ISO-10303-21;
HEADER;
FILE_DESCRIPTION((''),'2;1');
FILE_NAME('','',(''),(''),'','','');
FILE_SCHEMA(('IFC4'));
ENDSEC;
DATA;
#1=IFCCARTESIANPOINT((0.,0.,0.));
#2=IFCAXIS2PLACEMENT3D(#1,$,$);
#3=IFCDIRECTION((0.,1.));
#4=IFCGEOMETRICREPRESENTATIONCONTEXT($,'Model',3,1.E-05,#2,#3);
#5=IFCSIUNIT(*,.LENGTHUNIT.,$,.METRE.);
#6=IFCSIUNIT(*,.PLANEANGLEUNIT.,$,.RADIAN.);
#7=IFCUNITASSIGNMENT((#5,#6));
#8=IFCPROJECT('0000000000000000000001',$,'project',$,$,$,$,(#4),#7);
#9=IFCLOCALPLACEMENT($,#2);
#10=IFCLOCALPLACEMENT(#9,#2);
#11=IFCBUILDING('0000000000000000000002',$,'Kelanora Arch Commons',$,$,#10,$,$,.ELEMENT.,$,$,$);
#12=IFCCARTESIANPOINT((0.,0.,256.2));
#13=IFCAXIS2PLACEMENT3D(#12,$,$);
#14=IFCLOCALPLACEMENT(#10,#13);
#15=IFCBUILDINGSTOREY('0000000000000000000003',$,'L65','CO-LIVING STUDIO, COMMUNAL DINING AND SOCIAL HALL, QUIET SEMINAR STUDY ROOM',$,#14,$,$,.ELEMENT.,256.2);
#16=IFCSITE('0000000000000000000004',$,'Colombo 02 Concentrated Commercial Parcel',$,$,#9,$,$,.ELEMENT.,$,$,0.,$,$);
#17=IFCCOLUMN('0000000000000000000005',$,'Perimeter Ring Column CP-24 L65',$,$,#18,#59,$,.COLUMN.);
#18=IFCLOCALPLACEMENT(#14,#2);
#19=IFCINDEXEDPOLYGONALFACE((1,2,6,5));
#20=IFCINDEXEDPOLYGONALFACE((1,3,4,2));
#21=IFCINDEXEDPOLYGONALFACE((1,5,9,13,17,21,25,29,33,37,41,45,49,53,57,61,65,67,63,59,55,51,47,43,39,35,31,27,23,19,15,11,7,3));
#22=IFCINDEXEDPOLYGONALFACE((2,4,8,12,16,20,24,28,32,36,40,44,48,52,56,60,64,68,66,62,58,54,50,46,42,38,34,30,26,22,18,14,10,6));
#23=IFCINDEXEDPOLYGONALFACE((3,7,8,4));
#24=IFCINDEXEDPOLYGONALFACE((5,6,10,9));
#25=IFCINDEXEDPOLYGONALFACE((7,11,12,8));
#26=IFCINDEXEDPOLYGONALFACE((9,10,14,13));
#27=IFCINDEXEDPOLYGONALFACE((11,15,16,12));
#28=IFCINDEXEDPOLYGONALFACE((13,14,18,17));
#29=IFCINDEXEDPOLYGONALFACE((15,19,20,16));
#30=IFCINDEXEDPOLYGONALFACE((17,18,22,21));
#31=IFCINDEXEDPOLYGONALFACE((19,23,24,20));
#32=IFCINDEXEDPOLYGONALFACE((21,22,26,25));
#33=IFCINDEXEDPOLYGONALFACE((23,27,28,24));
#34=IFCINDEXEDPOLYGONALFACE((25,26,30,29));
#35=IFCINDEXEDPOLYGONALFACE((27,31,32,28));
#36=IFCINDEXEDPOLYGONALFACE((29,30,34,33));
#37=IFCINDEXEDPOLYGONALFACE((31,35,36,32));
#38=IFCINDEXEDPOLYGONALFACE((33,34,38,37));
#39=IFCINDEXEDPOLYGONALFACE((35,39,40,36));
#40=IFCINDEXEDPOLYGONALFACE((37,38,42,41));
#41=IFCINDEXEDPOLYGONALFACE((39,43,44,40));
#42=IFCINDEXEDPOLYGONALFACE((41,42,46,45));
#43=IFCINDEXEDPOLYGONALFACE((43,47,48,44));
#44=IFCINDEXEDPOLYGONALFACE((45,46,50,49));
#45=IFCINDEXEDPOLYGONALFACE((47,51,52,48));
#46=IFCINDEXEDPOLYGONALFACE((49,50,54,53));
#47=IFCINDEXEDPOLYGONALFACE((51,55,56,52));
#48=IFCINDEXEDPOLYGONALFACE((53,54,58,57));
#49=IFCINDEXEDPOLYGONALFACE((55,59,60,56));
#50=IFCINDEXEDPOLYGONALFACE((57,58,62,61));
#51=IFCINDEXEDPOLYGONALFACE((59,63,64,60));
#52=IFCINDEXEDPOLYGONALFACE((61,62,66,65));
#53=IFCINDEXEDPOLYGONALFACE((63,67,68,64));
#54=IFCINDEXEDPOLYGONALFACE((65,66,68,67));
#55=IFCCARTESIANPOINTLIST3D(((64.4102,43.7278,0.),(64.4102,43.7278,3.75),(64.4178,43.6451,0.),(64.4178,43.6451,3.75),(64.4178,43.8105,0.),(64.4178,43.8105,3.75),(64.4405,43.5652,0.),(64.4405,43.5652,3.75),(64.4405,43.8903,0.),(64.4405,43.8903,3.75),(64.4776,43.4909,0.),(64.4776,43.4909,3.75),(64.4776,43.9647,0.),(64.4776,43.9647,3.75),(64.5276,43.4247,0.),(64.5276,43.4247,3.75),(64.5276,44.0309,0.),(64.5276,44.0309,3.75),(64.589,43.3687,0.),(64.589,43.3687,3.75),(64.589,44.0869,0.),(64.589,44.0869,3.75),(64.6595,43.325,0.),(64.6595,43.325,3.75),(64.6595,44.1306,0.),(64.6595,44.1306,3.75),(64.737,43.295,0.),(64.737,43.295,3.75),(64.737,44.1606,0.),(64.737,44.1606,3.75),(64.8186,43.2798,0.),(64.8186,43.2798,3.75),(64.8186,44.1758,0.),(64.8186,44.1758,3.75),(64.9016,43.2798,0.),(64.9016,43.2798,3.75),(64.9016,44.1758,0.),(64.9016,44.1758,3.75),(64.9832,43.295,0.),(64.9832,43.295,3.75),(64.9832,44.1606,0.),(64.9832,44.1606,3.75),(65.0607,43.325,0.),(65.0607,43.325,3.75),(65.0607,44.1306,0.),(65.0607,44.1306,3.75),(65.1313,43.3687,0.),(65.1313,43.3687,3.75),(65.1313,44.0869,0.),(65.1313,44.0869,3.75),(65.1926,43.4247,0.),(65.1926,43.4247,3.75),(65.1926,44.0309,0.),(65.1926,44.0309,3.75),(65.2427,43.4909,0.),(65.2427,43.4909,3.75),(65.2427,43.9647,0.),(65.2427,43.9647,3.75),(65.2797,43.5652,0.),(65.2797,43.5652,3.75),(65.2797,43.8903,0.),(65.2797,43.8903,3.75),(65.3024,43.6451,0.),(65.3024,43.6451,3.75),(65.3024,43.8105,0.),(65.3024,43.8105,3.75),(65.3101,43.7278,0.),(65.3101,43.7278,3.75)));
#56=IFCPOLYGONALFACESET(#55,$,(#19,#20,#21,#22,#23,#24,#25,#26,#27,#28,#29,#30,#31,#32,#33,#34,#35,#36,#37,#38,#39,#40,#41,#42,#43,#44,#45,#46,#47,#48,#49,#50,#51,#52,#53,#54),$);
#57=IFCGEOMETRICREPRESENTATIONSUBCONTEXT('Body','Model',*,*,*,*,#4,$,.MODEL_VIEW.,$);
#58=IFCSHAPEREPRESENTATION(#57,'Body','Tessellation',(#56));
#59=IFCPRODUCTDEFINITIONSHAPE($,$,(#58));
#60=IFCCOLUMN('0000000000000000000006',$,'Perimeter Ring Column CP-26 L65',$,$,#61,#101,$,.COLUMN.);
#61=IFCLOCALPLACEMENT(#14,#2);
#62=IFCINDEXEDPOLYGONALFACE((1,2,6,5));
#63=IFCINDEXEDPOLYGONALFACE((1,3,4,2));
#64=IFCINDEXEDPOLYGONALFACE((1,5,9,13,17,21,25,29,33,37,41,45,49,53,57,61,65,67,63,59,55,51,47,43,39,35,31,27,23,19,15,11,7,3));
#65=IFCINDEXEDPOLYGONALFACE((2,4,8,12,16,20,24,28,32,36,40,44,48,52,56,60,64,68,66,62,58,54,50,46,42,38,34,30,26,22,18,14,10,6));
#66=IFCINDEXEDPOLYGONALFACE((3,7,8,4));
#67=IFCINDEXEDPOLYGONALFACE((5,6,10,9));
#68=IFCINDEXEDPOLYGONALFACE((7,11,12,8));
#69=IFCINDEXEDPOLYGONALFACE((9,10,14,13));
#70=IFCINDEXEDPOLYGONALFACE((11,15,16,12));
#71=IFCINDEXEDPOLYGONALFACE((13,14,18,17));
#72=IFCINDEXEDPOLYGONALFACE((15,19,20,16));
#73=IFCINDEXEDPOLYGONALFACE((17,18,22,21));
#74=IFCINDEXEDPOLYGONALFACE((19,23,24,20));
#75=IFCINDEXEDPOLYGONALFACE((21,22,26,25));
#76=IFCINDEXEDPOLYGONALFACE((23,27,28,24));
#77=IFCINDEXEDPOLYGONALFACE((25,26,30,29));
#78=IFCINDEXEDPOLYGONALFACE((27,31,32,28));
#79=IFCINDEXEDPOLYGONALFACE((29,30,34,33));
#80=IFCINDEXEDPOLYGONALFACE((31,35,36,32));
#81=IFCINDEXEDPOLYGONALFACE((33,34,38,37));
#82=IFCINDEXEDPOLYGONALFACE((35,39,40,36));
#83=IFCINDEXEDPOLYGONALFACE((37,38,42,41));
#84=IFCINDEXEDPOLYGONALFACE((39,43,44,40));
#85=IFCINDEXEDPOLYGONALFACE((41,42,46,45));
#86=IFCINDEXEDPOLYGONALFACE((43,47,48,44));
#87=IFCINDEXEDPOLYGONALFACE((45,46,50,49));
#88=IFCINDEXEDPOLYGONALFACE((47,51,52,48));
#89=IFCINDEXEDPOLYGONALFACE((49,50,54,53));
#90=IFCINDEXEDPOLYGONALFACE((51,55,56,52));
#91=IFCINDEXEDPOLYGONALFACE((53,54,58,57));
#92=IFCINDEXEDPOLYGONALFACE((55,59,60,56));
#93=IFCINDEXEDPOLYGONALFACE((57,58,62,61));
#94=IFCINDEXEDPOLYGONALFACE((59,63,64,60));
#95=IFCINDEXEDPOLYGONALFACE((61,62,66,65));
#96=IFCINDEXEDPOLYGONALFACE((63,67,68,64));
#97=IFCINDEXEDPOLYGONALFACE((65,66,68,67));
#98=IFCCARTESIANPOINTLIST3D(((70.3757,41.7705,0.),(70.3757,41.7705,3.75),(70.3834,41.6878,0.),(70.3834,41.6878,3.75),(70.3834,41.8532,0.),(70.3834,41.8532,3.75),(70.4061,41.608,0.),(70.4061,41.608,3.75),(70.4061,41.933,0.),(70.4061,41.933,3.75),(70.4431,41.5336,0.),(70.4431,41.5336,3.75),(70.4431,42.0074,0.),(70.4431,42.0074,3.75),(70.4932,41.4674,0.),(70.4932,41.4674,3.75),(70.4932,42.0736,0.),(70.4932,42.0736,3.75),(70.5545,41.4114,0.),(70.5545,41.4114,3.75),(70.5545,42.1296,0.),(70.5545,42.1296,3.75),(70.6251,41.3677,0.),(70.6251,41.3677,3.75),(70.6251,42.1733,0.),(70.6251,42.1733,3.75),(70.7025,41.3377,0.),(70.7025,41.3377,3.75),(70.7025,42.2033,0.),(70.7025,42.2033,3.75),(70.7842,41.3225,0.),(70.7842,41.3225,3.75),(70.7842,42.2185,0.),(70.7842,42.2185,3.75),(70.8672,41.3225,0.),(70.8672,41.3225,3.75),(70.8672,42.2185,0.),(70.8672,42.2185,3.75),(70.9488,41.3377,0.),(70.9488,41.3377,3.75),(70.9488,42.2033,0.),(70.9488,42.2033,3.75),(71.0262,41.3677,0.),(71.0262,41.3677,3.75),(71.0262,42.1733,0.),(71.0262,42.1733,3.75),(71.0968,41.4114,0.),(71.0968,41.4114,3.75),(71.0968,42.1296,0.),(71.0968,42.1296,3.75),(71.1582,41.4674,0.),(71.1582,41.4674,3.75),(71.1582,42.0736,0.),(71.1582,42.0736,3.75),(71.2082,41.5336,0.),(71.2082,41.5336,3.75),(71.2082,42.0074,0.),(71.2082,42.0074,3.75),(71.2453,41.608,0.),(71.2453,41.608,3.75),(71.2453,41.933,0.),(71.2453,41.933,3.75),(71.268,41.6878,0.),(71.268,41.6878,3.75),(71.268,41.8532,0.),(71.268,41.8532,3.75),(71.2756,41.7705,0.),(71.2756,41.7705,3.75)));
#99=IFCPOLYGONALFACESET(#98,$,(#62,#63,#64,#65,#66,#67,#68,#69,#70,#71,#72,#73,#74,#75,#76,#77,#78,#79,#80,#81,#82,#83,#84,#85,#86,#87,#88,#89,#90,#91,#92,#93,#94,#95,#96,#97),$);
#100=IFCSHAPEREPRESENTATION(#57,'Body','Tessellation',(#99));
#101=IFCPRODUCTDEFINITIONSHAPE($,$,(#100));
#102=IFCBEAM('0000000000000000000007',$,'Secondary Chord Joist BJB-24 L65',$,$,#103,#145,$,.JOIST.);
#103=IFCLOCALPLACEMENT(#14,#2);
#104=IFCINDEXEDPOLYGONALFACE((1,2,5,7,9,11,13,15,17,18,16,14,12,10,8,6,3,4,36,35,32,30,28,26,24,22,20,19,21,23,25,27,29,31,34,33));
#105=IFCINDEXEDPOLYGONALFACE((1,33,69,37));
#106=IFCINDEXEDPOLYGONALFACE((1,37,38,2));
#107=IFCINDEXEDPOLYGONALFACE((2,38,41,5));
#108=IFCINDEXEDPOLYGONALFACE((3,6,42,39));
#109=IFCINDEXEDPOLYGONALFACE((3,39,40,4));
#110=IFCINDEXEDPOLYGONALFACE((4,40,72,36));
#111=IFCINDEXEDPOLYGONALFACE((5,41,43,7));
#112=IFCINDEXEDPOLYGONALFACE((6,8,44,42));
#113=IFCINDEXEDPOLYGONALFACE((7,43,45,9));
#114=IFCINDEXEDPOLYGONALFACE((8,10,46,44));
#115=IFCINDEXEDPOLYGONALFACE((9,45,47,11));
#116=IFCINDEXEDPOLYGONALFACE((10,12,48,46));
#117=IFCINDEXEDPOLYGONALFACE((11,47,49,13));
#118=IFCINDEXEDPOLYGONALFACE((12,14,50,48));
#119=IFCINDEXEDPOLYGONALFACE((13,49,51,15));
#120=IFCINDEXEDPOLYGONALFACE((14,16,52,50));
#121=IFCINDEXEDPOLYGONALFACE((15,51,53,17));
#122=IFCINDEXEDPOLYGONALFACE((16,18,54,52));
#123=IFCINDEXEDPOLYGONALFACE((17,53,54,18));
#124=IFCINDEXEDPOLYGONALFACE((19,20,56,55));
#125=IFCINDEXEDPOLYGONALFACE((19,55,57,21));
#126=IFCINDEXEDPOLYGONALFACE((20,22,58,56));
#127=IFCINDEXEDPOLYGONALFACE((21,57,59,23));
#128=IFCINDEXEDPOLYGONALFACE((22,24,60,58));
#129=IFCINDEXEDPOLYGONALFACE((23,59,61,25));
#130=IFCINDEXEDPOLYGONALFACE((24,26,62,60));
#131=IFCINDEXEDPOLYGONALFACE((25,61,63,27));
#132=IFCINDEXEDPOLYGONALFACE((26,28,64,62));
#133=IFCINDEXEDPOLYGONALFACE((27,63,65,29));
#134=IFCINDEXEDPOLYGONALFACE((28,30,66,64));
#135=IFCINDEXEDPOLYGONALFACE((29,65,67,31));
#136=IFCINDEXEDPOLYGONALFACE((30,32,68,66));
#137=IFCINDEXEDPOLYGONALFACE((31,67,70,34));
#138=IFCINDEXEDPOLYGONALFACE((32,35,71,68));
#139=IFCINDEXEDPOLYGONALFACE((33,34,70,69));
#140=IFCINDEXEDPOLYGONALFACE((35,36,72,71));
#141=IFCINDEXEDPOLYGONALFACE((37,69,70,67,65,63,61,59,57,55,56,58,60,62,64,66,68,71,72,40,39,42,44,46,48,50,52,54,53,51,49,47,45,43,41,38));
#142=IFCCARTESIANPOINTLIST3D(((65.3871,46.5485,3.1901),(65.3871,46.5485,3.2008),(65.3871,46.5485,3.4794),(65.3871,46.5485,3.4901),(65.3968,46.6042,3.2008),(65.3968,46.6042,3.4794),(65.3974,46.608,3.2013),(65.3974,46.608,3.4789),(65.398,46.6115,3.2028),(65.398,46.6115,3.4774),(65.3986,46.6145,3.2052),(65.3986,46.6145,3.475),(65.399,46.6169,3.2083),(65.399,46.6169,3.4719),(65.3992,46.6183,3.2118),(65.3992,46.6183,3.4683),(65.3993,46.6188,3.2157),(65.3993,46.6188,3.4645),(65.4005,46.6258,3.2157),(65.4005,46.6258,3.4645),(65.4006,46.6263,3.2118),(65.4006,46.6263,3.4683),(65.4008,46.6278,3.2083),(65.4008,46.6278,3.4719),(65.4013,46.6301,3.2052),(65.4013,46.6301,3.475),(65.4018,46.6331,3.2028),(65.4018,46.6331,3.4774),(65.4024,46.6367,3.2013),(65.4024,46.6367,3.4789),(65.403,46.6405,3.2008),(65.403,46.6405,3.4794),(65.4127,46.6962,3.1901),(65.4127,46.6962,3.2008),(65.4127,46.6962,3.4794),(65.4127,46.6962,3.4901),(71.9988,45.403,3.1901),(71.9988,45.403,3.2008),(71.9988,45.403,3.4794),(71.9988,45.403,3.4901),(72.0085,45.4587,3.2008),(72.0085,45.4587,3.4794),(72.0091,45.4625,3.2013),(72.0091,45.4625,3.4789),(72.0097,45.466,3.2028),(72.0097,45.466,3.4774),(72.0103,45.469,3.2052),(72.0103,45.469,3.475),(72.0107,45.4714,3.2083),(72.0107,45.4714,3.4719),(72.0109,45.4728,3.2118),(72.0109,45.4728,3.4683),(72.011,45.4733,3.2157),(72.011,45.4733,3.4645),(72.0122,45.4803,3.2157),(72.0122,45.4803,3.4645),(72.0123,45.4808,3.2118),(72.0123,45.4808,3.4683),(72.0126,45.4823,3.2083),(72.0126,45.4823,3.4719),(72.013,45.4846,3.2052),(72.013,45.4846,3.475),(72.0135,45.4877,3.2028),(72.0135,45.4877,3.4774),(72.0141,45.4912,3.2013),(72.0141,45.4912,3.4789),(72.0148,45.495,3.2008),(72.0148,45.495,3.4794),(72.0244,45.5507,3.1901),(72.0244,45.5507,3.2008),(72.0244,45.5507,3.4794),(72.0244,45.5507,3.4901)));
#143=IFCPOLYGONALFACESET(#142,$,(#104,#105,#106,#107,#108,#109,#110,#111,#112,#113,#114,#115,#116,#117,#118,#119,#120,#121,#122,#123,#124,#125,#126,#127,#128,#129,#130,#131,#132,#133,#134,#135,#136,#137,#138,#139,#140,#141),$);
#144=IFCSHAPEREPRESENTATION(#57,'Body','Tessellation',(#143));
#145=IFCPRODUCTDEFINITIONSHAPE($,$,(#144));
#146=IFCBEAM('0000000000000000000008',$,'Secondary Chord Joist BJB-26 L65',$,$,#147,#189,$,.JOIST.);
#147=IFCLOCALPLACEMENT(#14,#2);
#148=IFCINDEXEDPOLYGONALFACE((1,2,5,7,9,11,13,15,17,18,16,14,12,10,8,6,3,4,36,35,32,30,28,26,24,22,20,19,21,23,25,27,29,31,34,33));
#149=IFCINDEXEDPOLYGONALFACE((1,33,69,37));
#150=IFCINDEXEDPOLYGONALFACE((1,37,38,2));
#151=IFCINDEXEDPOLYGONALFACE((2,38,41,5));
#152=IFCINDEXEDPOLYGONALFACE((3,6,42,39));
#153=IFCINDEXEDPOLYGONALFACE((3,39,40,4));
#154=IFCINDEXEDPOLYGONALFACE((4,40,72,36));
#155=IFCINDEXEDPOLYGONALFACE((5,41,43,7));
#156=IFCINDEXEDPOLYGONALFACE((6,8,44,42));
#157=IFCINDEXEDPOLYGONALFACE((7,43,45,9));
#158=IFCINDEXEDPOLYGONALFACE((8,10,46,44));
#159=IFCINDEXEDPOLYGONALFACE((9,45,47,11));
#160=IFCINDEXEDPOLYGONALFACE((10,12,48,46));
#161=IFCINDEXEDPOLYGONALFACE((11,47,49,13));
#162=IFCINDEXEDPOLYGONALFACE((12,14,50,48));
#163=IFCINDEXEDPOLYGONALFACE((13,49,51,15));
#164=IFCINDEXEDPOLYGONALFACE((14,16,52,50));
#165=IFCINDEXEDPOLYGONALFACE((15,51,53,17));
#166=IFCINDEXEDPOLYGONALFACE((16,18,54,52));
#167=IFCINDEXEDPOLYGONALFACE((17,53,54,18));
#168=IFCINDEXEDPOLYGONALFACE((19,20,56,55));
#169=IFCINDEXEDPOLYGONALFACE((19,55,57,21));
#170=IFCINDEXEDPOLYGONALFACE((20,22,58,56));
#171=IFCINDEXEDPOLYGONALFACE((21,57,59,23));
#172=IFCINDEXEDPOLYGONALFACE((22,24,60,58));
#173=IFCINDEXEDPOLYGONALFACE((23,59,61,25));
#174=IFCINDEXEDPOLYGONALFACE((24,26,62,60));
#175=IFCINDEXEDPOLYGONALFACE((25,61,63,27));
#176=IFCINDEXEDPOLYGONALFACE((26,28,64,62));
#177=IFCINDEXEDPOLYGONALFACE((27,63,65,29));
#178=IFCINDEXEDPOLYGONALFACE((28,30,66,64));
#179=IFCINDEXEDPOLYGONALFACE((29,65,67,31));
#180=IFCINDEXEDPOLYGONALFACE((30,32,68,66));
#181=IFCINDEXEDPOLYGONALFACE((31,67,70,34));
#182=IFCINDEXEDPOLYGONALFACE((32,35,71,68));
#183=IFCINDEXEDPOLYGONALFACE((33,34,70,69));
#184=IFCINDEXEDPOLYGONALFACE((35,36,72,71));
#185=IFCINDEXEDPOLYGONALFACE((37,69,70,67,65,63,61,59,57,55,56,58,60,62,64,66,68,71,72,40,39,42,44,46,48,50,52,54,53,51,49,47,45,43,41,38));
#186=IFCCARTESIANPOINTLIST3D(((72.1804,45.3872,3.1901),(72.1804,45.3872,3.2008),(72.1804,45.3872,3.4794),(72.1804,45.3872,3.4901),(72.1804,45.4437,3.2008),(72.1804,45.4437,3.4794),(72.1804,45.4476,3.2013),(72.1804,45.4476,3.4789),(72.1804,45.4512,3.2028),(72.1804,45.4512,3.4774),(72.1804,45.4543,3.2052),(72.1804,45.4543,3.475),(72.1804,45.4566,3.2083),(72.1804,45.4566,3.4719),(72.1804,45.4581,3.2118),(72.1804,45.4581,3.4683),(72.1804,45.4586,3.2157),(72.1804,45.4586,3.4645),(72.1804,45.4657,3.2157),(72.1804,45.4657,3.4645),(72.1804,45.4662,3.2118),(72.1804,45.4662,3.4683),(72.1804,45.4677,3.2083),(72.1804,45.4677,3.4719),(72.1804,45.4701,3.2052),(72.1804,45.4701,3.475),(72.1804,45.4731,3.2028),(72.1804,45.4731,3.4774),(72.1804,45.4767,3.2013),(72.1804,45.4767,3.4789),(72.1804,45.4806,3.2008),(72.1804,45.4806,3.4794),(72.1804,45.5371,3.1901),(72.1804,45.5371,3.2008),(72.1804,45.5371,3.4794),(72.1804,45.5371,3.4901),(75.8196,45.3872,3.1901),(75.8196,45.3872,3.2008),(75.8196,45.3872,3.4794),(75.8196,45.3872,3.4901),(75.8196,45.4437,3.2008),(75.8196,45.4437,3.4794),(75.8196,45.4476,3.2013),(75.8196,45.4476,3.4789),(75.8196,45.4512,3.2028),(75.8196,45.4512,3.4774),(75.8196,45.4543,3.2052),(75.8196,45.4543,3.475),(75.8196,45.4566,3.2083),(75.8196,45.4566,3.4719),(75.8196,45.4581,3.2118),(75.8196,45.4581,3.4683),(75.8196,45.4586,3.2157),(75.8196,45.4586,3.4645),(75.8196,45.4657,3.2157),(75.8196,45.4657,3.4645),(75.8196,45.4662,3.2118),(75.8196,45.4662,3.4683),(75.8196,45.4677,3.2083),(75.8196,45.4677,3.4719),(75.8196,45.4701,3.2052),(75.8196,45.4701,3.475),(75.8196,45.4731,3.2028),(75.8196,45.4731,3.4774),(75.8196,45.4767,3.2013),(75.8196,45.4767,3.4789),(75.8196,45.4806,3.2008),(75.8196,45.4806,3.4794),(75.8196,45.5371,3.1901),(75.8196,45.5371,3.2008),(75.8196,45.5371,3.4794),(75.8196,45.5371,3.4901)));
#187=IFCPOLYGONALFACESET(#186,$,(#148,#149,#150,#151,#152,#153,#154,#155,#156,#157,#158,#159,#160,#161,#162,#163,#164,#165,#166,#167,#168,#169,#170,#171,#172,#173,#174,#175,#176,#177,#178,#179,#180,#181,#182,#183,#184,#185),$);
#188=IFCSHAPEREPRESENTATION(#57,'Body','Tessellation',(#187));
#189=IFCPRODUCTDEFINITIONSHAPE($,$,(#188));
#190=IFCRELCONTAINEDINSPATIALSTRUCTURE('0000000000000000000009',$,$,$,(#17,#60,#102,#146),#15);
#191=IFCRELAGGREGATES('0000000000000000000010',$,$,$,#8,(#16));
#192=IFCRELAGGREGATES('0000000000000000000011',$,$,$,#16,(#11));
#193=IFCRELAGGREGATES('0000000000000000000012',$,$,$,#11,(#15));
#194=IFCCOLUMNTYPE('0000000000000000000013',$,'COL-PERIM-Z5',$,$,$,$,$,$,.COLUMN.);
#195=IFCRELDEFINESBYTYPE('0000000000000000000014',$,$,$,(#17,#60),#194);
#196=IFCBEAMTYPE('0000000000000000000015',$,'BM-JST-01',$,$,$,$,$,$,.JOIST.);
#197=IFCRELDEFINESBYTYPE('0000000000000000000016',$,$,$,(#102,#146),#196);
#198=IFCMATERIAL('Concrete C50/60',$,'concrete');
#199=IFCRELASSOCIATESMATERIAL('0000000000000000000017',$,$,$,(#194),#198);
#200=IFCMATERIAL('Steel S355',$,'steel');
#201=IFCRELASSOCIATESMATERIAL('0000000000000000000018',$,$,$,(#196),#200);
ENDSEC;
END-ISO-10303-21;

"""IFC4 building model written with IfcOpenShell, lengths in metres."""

from ifc_helpers import new_model, si_unit, direction, frame, origin, origin_2d, place, context, subcontext, project, spatial, circle, i_section, extrude, material, material_profile, profile_set, type_object, element, save


model = new_model("IFC4")

# Units and contexts
model_context = context("Model", 3, precision=1e-05, world=origin(), true_north=direction((0.0, 1.0)))
body_context = subcontext(model_context, "Body", "Model", "MODEL_VIEW")
ifc_project = project(units=[si_unit("LENGTHUNIT", "METRE"), si_unit("PLANEANGLEUNIT", "RADIAN")], contexts=[model_context])

# Site, building, storey
site_placement = place(None, origin())
site = spatial("IfcSite", under=ifc_project, at=site_placement, Name="Colombo 02 Concentrated Commercial Parcel", CompositionType="ELEMENT", RefElevation=0.0)
building_placement = place(site_placement, origin())
building = spatial("IfcBuilding", under=site, at=building_placement, Name="Kelanora Arch Commons", CompositionType="ELEMENT")
storey_placement = place(building_placement, frame((0.0, 0.0, 256.2)))
storey = spatial("IfcBuildingStorey", under=building, at=storey_placement, Name="L65", Description="CO-LIVING STUDIO, COMMUNAL DINING AND SOCIAL HALL, QUIET SEMINAR STUDY ROOM", CompositionType="ELEMENT", Elevation=256.2)

# Columns
ifc_material_1 = material(Name="Concrete C50/60", Category="concrete")
ifc_material_profile_1 = material_profile(ifc_material_1, circle(Radius=0.45, at=origin_2d()), Name="RCC900")
ifc_profile_set_1 = profile_set([ifc_material_profile_1], Name="Concrete C50/60")
column_type = type_object("IfcColumnType", Name="COL-PERIM-Z5", PredefinedType="COLUMN", material=ifc_profile_set_1)
for number, where, z_axis, x_axis, name in (
    (1, (64.8601, 43.7278, 0.0), (0.0, 0.0, 1.0), (1.0, 0.0, 0.0), "Perimeter Ring Column CP-24 L65"),
    (2, (70.8257, 41.7705, 0.0), (0.0, 0.0, 1.0), (1.0, 0.0, 0.0), "Perimeter Ring Column CP-26 L65"),
):
    element("IfcColumn", number, at=place(storey_placement, frame(where, z_axis=z_axis, x_axis=x_axis)), inside=storey, type_object=column_type, Name=name, PredefinedType="COLUMN", context=body_context, shape_type="SweptSolid", body=[
        extrude(circle(Radius=0.45, at=origin_2d()), origin(), (0.0, 0.0, 1.0), 3.75),
    ])

# Beams
ifc_material_2 = material(Name="Steel S355", Category="steel")
ifc_material_profile_2 = material_profile(ifc_material_2, i_section(OverallWidth=0.1499, OverallDepth=0.3, WebThickness=0.0071, FlangeThickness=0.0107, FilletRadius=0.0149, at=origin_2d()), Name="IPE300")
ifc_profile_set_2 = profile_set([ifc_material_profile_2], Name="Steel S355")
beam_type_1 = type_object("IfcBeamType", Name="BM-JST-01", PredefinedType="JOIST", material=ifc_profile_set_2)
beam_1_placement = place(storey_placement, frame((65.3999, 46.6223, 3.3401), z_axis=(0.985322, -0.170709, 0.0), x_axis=(0.170709, 0.985322, 0.0)))
element("IfcBeam", 3, at=beam_1_placement, inside=storey, type_object=beam_type_1, Name="Secondary Chord Joist BJB-24 L65", PredefinedType="JOIST", context=body_context, shape_type="SweptSolid", body=[
    extrude(i_section(OverallWidth=0.1499, OverallDepth=0.3, WebThickness=0.0071, FlangeThickness=0.0107, FilletRadius=0.0149, at=origin_2d()), origin(), (0.0, 0.0, 1.0), 6.7102),
])
beam_2_placement = place(storey_placement, frame((72.1804, 45.4622, 3.3401), z_axis=(1.0, 0.0, 0.0), x_axis=(0.0, 1.0, 0.0)))
element("IfcBeam", 4, at=beam_2_placement, inside=storey, type_object=beam_type_1, Name="Secondary Chord Joist BJB-26 L65", PredefinedType="JOIST", context=body_context, shape_type="SweptSolid", body=[
    extrude(i_section(OverallWidth=0.1499, OverallDepth=0.3, WebThickness=0.0071, FlangeThickness=0.0107, FilletRadius=0.0149, at=origin_2d()), origin(), (0.0, 0.0, 1.0), 3.6392),
])

save(model, "model.ifc")
